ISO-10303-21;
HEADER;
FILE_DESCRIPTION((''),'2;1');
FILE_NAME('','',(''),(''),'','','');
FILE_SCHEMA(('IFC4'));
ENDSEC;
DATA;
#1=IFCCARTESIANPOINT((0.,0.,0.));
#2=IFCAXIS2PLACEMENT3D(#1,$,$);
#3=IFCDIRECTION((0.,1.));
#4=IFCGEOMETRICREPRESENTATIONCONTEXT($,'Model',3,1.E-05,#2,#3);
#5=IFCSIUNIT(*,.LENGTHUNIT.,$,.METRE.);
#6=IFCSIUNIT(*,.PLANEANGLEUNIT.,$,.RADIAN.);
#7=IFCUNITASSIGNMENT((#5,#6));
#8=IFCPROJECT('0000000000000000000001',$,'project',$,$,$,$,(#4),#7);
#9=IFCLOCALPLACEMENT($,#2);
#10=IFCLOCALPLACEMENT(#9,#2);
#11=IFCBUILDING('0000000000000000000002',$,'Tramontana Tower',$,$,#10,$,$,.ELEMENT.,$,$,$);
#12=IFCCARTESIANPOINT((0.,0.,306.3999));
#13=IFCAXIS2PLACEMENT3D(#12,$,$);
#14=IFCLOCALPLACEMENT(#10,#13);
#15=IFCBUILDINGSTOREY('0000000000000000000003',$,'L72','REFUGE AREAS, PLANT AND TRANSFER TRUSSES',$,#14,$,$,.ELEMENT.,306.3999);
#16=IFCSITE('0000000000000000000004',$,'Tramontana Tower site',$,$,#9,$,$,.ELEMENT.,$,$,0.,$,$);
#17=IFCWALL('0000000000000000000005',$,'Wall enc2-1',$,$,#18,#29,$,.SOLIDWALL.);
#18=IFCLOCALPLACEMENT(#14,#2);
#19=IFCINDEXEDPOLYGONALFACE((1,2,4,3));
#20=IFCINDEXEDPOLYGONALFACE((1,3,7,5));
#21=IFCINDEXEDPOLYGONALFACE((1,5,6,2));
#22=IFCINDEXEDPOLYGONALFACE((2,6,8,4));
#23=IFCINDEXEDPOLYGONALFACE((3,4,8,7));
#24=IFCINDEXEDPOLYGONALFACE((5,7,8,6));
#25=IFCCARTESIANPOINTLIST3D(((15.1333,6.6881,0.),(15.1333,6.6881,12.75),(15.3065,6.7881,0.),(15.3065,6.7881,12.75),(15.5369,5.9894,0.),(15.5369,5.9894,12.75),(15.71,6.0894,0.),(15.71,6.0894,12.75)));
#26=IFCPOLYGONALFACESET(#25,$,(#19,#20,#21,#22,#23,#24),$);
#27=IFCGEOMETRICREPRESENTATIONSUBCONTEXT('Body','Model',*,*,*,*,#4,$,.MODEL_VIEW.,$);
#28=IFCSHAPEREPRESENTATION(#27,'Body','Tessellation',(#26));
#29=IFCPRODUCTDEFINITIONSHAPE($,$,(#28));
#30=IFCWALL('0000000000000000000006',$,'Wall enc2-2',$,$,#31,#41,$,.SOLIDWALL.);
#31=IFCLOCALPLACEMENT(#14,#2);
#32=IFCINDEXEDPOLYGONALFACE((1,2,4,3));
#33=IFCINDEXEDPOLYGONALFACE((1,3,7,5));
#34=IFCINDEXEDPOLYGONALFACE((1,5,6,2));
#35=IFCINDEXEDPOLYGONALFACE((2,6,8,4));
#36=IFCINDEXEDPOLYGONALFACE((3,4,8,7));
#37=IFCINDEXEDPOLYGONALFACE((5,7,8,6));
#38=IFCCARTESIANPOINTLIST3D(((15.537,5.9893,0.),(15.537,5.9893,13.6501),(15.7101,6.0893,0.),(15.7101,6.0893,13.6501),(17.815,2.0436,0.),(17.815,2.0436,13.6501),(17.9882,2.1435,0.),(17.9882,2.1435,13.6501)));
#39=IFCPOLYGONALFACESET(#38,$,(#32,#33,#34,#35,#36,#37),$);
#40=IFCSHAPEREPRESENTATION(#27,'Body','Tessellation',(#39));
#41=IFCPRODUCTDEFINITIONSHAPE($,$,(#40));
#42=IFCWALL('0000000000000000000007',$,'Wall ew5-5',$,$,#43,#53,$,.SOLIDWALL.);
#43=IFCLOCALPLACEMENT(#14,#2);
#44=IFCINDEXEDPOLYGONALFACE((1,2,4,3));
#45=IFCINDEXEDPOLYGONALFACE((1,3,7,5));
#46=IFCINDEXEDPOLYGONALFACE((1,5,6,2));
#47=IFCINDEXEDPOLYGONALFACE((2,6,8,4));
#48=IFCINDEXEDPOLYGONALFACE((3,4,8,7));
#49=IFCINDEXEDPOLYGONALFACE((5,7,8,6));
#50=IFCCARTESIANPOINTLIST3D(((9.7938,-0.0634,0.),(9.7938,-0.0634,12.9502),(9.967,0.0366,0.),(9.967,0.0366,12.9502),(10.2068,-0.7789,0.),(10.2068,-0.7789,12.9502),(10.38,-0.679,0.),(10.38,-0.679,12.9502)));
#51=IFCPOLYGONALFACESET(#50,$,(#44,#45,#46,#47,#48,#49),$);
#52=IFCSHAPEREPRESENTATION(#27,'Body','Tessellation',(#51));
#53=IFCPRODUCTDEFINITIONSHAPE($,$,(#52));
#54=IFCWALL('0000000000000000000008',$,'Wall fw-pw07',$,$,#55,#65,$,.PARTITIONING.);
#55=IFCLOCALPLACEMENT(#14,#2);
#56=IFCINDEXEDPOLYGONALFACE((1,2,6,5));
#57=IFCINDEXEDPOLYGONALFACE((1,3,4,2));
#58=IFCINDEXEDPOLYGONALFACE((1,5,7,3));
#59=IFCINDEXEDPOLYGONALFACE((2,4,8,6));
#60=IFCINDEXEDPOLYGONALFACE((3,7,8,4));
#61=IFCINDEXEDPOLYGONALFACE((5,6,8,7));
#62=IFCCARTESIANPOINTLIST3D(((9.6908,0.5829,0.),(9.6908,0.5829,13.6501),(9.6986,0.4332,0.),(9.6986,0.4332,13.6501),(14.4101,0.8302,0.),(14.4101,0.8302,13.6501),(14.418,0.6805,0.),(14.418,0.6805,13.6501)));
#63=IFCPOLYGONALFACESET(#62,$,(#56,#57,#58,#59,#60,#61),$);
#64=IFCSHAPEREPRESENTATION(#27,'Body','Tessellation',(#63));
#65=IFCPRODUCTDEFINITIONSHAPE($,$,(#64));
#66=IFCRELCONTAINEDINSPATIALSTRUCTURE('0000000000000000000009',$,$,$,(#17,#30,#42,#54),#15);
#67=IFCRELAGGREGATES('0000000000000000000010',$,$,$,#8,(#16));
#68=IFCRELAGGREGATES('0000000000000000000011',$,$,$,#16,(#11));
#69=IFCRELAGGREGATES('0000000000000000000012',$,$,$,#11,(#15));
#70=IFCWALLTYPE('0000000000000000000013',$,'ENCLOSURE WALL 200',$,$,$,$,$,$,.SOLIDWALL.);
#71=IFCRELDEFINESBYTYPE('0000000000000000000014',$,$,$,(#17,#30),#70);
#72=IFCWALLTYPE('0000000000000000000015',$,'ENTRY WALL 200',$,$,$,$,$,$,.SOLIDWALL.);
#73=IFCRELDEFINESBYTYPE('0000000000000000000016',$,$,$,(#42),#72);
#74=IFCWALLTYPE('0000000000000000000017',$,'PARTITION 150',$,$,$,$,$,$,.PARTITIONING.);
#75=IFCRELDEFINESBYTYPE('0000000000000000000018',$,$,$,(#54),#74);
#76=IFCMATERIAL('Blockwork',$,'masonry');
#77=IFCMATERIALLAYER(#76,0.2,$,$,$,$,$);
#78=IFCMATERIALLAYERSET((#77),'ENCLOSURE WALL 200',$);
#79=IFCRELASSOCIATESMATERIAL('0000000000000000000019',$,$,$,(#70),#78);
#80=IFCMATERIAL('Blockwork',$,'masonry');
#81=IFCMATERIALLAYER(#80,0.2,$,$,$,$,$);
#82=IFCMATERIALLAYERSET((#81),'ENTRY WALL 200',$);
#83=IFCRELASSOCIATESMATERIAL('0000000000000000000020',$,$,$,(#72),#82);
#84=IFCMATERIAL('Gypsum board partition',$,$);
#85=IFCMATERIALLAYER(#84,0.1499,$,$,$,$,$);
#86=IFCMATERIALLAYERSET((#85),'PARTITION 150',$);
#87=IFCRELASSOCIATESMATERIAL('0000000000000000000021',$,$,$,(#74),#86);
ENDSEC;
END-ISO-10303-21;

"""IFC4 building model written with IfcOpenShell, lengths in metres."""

from ifc_helpers import new_model, si_unit, direction, frame, frame_2d, origin, place, context, subcontext, project, spatial, rectangle, extrude, material, layer, layer_set, type_object, element, save


model = new_model("IFC4")

# Units and contexts
model_context = context("Model", 3, precision=1e-05, world=origin(), true_north=direction((0.0, 1.0)))
body_context = subcontext(model_context, "Body", "Model", "MODEL_VIEW")
ifc_project = project(units=[si_unit("LENGTHUNIT", "METRE"), si_unit("PLANEANGLEUNIT", "RADIAN")], contexts=[model_context])

# Site, building, storey
site_placement = place(None, origin())
site = spatial("IfcSite", under=ifc_project, at=site_placement, Name="Tramontana Tower site", CompositionType="ELEMENT", RefElevation=0.0)
building_placement = place(site_placement, origin())
building = spatial("IfcBuilding", under=site, at=building_placement, Name="Tramontana Tower", CompositionType="ELEMENT")
storey_placement = place(building_placement, frame((0.0, 0.0, 306.3999)))
storey = spatial("IfcBuildingStorey", under=building, at=storey_placement, Name="L72", Description="REFUGE AREAS, PLANT AND TRANSFER TRUSSES", CompositionType="ELEMENT", Elevation=306.3999)

# Walls
ifc_material_1 = material(Name="Blockwork", Category="masonry")
ifc_layer_1 = layer(ifc_material_1, 0.2)
ifc_layer_set_1 = layer_set([ifc_layer_1], Name="ENCLOSURE WALL 200")
wall_type_1 = type_object("IfcWallType", Name="ENCLOSURE WALL 200", PredefinedType="SOLIDWALL", material=ifc_layer_set_1)
wall_1_placement = place(storey_placement, frame((15.22, 6.738, 0.0), z_axis=(0.0, 0.0, 1.0), x_axis=(0.500141, -0.865944, 0.0)))
element("IfcWall", 1, at=wall_1_placement, inside=storey, type_object=wall_type_1, Name="Wall enc2-1", PredefinedType="SOLIDWALL", context=body_context, shape_type="SweptSolid", body=[
    extrude(rectangle(XDim=0.8069, YDim=0.2, at=frame_2d((0.4033, 0.0))), origin(), (0.0, 0.0, 1.0), 12.75),
])
wall_2_placement = place(storey_placement, frame((15.6235, 6.0393, 0.0), z_axis=(0.0, 0.0, 1.0), x_axis=(0.499995, -0.866029, 0.0)))
element("IfcWall", 2, at=wall_2_placement, inside=storey, type_object=wall_type_1, Name="Wall enc2-2", PredefinedType="SOLIDWALL", context=body_context, shape_type="SweptSolid", body=[
    extrude(rectangle(XDim=4.5562, YDim=0.2, at=frame_2d((2.2781, 0.0))), origin(), (0.0, 0.0, 1.0), 13.6501),
])
ifc_material_2 = material(Name="Blockwork", Category="masonry")
ifc_layer_2 = layer(ifc_material_2, 0.2)
ifc_layer_set_2 = layer_set([ifc_layer_2], Name="ENTRY WALL 200")
wall_type_2 = type_object("IfcWallType", Name="ENTRY WALL 200", PredefinedType="SOLIDWALL", material=ifc_layer_set_2)
wall_3_placement = place(storey_placement, frame((9.8804, -0.0134, 0.0), z_axis=(0.0, 0.0, 1.0), x_axis=(0.499953, -0.866053, 0.0)))
element("IfcWall", 3, at=wall_3_placement, inside=storey, type_object=wall_type_2, Name="Wall ew5-5", PredefinedType="SOLIDWALL", context=body_context, shape_type="SweptSolid", body=[
    extrude(rectangle(XDim=0.8262, YDim=0.2, at=frame_2d((0.4131, 0.0))), origin(), (0.0, 0.0, 1.0), 12.9502),
])
ifc_material_3 = material(Name="Gypsum board partition")
ifc_layer_3 = layer(ifc_material_3, 0.1499)
ifc_layer_set_3 = layer_set([ifc_layer_3], Name="PARTITION 150")
wall_type_3 = type_object("IfcWallType", Name="PARTITION 150", PredefinedType="PARTITIONING", material=ifc_layer_set_3)
wall_4_placement = place(storey_placement, frame((9.6948, 0.5081, 0.0), z_axis=(0.0, 0.0, 1.0), x_axis=(0.99863, 0.052334, 0.0)))
element("IfcWall", 4, at=wall_4_placement, inside=storey, type_object=wall_type_3, Name="Wall fw-pw07", PredefinedType="PARTITIONING", context=body_context, shape_type="SweptSolid", body=[
    extrude(rectangle(XDim=4.7258, YDim=0.1499, at=frame_2d((2.3628, 0.0))), origin(), (0.0, 0.0, 1.0), 13.6501),
])

save(model, "model.ifc")
